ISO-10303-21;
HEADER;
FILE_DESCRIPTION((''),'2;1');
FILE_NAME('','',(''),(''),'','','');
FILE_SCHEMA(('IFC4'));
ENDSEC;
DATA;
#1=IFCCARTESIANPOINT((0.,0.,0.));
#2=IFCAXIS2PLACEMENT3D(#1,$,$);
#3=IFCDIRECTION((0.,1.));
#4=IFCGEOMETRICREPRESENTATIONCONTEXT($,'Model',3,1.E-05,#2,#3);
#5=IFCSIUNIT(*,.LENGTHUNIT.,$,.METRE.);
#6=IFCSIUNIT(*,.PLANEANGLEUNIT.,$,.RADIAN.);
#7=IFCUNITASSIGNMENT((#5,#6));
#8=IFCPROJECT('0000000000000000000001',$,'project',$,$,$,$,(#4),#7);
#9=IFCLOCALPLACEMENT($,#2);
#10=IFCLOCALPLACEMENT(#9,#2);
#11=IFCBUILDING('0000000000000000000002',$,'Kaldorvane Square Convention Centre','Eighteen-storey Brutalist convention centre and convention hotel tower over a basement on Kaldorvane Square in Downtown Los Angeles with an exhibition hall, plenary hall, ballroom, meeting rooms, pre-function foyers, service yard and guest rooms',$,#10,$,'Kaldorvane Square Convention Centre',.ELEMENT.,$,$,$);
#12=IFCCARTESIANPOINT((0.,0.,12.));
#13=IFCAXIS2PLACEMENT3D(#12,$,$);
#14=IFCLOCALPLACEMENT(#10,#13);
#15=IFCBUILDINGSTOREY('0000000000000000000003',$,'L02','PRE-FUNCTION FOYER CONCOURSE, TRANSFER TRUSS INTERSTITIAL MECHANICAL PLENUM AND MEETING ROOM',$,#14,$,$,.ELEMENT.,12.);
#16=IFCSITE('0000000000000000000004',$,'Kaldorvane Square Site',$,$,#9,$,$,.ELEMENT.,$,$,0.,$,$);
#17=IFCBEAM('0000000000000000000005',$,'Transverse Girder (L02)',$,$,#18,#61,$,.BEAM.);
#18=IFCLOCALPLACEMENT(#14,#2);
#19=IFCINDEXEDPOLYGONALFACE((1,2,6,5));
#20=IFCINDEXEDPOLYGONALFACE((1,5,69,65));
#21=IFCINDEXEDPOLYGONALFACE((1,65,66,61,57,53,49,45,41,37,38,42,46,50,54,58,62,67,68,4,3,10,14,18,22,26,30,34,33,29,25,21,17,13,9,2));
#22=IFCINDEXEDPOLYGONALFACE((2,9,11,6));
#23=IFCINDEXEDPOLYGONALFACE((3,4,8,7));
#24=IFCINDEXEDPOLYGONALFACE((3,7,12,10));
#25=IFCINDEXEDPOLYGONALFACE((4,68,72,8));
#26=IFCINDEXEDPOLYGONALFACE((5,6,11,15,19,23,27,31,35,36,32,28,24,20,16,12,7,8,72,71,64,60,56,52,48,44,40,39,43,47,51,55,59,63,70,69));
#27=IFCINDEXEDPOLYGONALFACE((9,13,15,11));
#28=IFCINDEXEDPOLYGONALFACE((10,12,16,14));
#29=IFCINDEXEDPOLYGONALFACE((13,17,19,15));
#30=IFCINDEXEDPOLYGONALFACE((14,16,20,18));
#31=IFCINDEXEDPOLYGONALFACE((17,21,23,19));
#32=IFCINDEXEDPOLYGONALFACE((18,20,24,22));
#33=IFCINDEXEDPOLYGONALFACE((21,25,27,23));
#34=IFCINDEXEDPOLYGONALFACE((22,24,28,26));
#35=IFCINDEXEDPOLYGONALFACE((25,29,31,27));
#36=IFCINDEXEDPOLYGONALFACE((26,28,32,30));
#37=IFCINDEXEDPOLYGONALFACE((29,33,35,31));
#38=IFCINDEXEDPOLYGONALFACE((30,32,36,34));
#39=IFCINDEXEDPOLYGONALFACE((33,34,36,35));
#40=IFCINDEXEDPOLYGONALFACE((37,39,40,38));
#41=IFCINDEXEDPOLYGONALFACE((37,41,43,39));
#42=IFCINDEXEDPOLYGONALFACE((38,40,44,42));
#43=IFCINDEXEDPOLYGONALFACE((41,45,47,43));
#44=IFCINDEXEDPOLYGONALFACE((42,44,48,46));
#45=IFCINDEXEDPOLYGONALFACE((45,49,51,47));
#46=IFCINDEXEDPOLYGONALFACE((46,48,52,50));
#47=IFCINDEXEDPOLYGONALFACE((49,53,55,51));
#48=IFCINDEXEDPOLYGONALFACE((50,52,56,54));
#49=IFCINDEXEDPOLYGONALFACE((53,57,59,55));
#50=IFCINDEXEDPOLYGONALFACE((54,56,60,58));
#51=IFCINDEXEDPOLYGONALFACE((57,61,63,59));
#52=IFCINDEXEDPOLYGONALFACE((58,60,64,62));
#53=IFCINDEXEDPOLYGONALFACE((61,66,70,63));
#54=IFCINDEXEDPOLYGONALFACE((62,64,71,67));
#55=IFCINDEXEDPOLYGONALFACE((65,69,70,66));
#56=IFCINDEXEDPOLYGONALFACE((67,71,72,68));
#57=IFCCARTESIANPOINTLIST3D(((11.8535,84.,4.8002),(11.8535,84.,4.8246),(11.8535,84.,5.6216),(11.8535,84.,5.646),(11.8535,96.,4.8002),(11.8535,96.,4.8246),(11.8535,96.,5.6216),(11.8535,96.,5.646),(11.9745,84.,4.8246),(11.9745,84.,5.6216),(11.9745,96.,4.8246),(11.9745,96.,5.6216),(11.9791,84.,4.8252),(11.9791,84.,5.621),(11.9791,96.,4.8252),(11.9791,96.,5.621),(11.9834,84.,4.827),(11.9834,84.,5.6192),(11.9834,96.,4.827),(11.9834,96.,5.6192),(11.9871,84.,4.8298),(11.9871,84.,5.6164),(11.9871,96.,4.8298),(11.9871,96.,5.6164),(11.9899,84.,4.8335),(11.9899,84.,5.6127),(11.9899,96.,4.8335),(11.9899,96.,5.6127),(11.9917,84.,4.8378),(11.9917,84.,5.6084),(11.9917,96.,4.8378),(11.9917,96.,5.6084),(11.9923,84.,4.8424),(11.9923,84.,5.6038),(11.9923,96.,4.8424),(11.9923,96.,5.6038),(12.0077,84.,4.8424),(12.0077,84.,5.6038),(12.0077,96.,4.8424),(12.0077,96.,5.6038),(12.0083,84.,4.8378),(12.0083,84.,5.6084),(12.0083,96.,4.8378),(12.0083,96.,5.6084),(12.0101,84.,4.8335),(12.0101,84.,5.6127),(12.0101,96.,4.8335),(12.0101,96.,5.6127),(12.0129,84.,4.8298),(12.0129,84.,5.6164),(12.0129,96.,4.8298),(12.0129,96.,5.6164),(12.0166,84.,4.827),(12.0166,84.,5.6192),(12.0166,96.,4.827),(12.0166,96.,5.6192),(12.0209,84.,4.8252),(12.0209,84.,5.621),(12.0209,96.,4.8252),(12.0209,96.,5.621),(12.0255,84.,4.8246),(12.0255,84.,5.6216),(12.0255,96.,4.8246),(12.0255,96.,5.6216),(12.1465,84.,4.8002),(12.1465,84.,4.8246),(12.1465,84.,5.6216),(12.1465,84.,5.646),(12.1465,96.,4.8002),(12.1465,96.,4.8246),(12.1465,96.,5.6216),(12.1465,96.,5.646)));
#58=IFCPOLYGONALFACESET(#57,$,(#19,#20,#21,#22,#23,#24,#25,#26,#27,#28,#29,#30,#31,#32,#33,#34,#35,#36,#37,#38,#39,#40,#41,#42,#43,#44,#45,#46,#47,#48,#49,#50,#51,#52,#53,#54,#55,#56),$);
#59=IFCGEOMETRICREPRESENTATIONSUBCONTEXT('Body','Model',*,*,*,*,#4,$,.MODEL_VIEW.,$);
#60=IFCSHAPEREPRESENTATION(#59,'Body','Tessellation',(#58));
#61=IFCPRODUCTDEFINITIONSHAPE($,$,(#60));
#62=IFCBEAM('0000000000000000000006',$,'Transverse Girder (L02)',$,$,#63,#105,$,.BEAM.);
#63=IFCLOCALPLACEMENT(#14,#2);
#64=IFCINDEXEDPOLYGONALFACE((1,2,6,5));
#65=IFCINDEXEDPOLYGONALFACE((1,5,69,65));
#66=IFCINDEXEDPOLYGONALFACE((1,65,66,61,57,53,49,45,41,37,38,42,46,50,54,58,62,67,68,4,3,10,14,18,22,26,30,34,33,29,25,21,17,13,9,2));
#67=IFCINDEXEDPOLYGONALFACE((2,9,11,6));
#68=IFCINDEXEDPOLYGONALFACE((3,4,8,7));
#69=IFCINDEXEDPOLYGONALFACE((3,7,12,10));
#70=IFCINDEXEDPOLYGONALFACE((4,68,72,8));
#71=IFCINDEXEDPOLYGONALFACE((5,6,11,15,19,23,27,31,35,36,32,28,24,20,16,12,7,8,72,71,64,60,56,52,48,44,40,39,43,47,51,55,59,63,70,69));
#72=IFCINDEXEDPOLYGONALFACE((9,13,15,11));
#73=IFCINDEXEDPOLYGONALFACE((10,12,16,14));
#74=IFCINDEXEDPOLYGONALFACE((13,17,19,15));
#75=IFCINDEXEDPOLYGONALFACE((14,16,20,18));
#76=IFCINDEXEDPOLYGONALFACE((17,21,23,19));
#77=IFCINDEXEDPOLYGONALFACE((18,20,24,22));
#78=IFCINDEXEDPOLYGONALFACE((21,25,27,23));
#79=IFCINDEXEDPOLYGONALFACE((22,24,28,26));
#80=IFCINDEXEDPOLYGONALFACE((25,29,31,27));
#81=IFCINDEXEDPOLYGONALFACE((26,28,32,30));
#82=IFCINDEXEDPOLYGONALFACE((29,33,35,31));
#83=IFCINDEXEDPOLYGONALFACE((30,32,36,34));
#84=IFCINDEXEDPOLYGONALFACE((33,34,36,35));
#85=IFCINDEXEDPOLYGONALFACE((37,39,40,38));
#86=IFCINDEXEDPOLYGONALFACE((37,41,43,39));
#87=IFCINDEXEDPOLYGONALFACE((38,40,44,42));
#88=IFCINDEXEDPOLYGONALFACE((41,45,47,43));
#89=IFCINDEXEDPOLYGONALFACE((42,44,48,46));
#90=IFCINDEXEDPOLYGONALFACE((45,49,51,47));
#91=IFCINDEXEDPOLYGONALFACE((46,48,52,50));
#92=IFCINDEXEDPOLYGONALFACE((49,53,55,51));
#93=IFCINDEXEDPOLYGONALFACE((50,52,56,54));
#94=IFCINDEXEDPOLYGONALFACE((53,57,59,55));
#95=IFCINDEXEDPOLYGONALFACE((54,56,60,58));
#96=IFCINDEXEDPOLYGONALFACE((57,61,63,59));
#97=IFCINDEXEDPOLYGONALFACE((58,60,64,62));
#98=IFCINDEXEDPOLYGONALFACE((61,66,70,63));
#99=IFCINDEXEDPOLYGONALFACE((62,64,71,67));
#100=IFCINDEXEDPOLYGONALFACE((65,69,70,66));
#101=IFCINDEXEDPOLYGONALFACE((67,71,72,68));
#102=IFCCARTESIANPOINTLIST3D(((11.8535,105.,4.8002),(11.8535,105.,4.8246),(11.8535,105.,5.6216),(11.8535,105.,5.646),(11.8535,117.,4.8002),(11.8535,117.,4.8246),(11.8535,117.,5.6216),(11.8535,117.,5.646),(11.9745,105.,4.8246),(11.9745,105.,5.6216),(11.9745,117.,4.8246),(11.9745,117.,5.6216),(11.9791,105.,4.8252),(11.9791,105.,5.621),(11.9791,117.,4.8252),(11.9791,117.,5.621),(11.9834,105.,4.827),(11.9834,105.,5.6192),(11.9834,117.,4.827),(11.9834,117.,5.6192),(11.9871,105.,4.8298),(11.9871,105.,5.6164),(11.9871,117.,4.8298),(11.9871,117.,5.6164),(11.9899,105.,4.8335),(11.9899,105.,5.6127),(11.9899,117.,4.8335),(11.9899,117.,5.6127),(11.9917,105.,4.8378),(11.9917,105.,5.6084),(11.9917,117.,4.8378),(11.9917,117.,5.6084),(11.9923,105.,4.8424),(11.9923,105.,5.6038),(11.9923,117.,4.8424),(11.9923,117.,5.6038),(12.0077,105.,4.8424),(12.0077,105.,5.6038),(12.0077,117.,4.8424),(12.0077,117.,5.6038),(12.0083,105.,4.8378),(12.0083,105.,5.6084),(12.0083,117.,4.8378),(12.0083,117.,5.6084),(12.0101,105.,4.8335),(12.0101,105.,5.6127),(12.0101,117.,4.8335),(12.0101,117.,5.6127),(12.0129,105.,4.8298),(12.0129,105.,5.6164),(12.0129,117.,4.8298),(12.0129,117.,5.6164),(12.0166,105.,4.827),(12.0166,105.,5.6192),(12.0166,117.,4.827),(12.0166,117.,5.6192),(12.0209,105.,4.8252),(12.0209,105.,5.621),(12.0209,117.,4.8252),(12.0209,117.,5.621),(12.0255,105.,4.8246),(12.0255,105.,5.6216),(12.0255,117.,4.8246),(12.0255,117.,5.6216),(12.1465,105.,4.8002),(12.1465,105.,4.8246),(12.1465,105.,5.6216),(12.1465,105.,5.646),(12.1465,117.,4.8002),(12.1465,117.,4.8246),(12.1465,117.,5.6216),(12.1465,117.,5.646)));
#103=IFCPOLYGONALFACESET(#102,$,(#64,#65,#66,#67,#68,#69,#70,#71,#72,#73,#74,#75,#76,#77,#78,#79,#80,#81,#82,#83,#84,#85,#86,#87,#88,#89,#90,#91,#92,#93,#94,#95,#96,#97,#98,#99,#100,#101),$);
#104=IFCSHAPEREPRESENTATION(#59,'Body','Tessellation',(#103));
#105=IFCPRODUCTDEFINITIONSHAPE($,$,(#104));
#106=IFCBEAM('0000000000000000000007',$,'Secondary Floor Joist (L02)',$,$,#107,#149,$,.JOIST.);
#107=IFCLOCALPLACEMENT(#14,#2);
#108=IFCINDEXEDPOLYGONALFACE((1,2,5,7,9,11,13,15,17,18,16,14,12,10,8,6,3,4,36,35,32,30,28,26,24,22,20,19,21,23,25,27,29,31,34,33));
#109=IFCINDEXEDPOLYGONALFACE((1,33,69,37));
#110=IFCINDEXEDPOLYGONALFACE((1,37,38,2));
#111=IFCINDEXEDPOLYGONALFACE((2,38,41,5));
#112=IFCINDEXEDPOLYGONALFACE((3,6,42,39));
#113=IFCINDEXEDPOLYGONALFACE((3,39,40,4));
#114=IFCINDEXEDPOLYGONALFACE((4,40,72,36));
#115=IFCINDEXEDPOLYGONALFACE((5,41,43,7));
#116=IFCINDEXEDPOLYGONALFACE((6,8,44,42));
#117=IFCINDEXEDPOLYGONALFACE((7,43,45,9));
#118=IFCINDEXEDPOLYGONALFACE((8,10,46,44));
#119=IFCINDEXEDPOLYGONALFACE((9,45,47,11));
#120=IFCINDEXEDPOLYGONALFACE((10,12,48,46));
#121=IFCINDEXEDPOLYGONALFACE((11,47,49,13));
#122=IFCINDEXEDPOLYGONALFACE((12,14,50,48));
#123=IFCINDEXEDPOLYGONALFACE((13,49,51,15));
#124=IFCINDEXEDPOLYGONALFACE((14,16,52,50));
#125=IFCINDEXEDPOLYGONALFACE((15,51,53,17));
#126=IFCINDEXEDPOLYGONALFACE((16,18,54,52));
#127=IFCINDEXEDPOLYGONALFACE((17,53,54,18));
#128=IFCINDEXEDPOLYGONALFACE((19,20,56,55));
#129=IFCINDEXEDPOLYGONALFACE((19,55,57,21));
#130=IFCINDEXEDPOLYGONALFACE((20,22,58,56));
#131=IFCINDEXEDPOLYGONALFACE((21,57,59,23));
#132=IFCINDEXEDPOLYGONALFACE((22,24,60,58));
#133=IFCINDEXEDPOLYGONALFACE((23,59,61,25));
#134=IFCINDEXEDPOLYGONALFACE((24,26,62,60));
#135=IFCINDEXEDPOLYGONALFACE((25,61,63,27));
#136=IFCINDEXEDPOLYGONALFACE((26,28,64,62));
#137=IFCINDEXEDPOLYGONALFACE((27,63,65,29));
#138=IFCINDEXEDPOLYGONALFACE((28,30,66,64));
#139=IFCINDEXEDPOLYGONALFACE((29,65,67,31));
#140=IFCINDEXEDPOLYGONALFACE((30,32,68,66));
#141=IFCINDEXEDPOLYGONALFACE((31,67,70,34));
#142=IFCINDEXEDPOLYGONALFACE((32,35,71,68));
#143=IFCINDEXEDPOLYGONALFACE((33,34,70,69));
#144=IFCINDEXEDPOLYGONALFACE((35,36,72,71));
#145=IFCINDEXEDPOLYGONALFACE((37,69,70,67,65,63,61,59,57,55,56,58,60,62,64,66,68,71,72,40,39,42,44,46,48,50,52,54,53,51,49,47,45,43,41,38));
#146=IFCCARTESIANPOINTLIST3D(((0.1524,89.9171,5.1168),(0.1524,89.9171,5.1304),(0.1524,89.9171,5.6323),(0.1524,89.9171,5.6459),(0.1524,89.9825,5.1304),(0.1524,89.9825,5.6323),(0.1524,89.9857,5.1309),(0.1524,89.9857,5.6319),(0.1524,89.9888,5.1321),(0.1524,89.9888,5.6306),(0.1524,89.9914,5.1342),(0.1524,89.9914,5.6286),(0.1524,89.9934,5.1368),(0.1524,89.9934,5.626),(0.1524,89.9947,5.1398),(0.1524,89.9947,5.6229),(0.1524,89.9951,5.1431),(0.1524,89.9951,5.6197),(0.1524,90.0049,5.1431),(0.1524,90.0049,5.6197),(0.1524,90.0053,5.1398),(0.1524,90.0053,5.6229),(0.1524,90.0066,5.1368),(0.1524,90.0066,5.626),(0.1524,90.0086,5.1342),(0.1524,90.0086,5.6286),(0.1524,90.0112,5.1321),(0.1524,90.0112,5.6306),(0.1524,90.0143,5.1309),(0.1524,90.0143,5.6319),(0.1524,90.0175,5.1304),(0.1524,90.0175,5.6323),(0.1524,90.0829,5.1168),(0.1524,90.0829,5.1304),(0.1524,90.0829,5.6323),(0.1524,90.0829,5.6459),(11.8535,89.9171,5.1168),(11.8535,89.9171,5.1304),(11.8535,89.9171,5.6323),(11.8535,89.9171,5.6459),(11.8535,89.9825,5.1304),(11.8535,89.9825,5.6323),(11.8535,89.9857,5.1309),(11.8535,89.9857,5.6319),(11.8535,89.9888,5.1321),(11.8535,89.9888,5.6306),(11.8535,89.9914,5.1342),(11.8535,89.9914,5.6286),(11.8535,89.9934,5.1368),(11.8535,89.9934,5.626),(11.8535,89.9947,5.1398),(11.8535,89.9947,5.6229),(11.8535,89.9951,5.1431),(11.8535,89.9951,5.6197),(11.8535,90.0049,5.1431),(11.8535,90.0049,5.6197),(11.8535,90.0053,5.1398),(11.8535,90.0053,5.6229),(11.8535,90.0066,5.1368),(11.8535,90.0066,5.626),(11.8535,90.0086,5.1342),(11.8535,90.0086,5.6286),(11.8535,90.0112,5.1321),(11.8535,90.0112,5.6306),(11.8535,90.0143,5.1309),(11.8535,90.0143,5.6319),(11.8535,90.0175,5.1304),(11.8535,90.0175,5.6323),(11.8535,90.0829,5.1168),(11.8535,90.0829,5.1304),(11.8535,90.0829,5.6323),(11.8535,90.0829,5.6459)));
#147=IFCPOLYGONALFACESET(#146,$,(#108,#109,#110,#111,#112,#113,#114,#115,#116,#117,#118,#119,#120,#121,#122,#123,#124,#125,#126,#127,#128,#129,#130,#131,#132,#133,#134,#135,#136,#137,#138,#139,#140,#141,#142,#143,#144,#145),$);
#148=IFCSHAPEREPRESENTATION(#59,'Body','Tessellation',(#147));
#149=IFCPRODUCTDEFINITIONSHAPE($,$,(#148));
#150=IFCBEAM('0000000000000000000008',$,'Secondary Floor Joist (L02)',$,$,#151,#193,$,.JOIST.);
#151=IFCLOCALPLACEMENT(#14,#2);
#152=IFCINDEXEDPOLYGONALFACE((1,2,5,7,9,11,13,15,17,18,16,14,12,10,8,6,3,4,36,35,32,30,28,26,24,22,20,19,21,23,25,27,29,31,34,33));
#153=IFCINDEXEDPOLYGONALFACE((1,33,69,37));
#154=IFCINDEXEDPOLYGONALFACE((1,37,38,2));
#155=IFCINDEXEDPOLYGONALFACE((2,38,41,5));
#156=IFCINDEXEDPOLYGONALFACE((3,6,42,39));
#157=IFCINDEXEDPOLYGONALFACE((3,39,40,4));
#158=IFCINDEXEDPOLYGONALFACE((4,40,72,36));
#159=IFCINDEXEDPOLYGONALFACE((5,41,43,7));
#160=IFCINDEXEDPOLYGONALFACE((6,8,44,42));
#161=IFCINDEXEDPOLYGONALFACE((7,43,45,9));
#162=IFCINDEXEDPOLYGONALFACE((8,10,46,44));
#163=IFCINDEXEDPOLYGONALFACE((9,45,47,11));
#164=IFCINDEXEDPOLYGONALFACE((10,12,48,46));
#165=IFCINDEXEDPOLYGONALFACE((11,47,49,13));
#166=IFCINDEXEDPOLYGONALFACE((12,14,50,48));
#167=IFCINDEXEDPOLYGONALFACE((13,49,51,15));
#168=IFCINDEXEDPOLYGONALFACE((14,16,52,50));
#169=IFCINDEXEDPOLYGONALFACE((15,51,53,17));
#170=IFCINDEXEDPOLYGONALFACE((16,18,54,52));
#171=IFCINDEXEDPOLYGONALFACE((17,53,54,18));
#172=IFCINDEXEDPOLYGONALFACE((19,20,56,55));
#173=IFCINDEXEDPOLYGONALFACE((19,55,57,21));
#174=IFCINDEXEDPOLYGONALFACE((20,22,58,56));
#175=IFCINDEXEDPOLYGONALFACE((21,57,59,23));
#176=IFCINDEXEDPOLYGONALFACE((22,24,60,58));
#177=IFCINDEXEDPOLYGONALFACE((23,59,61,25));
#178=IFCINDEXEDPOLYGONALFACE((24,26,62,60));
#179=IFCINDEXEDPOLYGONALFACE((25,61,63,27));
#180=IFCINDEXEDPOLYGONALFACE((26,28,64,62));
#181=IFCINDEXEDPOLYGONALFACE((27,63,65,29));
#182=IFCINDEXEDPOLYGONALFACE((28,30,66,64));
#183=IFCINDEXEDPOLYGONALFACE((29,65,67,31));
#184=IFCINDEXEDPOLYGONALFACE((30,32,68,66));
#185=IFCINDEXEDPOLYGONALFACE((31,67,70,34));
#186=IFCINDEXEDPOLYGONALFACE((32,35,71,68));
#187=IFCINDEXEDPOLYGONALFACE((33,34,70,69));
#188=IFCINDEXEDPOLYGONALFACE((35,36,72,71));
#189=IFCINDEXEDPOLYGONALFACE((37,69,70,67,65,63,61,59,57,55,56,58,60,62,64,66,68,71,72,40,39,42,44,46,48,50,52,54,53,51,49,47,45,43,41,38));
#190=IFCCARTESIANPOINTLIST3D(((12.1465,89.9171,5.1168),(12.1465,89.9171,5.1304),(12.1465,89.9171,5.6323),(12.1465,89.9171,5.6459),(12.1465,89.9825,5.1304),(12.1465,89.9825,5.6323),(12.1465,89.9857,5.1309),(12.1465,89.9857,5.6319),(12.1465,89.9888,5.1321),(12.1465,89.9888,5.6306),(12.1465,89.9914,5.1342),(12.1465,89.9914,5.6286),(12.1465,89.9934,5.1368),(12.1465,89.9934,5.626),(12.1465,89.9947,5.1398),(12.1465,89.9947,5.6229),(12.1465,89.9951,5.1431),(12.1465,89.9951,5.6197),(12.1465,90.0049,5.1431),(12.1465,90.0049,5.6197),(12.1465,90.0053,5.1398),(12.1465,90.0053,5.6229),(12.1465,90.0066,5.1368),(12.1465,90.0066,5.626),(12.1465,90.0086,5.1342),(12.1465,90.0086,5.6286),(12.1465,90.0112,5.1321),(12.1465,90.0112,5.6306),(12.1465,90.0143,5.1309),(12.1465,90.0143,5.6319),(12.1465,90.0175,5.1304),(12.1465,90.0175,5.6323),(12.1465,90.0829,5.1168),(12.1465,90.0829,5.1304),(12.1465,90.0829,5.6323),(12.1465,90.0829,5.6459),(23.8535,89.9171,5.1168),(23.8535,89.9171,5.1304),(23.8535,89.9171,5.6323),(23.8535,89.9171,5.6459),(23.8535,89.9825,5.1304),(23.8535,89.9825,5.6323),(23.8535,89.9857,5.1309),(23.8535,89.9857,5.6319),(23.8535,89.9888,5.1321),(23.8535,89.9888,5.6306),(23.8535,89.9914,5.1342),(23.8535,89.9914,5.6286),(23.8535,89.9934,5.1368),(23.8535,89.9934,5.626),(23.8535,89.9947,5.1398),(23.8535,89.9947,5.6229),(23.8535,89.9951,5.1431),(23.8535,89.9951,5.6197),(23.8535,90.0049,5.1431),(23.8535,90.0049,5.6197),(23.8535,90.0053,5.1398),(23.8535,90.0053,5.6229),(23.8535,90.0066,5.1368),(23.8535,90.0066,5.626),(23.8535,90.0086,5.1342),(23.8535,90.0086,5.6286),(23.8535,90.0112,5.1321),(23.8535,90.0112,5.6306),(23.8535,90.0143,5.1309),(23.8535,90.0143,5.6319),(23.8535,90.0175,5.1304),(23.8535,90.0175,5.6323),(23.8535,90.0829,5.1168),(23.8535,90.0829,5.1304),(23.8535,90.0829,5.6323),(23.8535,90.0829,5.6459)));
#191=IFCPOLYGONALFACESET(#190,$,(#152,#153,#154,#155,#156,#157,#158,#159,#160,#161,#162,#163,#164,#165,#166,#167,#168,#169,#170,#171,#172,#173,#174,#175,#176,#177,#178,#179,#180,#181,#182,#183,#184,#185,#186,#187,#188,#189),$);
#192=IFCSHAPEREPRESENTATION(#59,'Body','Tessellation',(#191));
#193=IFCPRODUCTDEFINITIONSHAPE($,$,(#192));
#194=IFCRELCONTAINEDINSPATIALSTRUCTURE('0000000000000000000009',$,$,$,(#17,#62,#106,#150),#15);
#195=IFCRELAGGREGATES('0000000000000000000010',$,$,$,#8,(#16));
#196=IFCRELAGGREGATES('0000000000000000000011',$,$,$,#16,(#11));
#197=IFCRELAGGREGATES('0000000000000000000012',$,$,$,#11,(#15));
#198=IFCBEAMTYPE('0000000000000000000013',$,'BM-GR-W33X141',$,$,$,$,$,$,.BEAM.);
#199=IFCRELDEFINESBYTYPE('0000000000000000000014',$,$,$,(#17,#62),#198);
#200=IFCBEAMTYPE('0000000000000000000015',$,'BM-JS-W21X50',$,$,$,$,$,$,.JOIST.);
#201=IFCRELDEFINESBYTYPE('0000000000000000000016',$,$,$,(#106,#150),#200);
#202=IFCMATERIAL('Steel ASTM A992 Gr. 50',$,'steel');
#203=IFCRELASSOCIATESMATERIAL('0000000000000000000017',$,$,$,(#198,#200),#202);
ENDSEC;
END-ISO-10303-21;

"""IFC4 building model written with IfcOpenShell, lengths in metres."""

from ifc_helpers import new_model, si_unit, direction, frame, origin, origin_2d, place, context, subcontext, project, spatial, i_section, extrude, material, material_profile, profile_set, type_object, element, save


model = new_model("IFC4")

# Units and contexts
model_context = context("Model", 3, precision=1e-05, world=origin(), true_north=direction((0.0, 1.0)))
body_context = subcontext(model_context, "Body", "Model", "MODEL_VIEW")
ifc_project = project(units=[si_unit("LENGTHUNIT", "METRE"), si_unit("PLANEANGLEUNIT", "RADIAN")], contexts=[model_context])

# Site, building, storey
site_placement = place(None, origin())
site = spatial("IfcSite", under=ifc_project, at=site_placement, Name="Kaldorvane Square Site", CompositionType="ELEMENT", RefElevation=0.0)
building_placement = place(site_placement, origin())
building = spatial("IfcBuilding", under=site, at=building_placement, Name="Kaldorvane Square Convention Centre", Description="Eighteen-storey Brutalist convention centre and convention hotel tower over a basement on Kaldorvane Square in Downtown Los Angeles with an exhibition hall, plenary hall, ballroom, meeting rooms, pre-function foyers, service yard and guest rooms", LongName="Kaldorvane Square Convention Centre", CompositionType="ELEMENT")
storey_placement = place(building_placement, frame((0.0, 0.0, 12.0)))
storey = spatial("IfcBuildingStorey", under=building, at=storey_placement, Name="L02", Description="PRE-FUNCTION FOYER CONCOURSE, TRANSFER TRUSS INTERSTITIAL MECHANICAL PLENUM AND MEETING ROOM", CompositionType="ELEMENT", Elevation=12.0)

# Shared definitions
ifc_material_1 = material(Name="Steel ASTM A992 Gr. 50", Category="steel")

# Beams
ifc_material_profile_1 = material_profile(ifc_material_1, i_section(OverallWidth=0.293, OverallDepth=0.8458, WebThickness=0.0154, FlangeThickness=0.0244, FilletRadius=0.0178, at=origin_2d()), Name="W33X141")
ifc_profile_set_1 = profile_set([ifc_material_profile_1], Name="Steel ASTM A992 Gr. 50")
beam_type_1 = type_object("IfcBeamType", Name="BM-GR-W33X141", PredefinedType="BEAM", material=ifc_profile_set_1)
for number, where, z_axis, x_axis, name in (
    (1, (12.0, 84.0, 5.2231), (0.0, 1.0, 0.0), (-1.0, 0.0, 0.0), "Transverse Girder (L02)"),
    (2, (12.0, 105.0, 5.2231), (0.0, 1.0, 0.0), (-1.0, 0.0, 0.0), "Transverse Girder (L02)"),
):
    element("IfcBeam", number, at=place(storey_placement, frame(where, z_axis=z_axis, x_axis=x_axis)), inside=storey, type_object=beam_type_1, Name=name, PredefinedType="BEAM", context=body_context, shape_type="SweptSolid", body=[
        extrude(i_section(OverallWidth=0.293, OverallDepth=0.8458, WebThickness=0.0154, FlangeThickness=0.0244, FilletRadius=0.0178, at=origin_2d()), origin(), (0.0, 0.0, 1.0), 12.0),
    ])
ifc_material_profile_2 = material_profile(ifc_material_1, i_section(OverallWidth=0.1659, OverallDepth=0.5291, WebThickness=0.0097, FlangeThickness=0.0136, FilletRadius=0.0127, at=origin_2d()), Name="W21X50")
ifc_profile_set_2 = profile_set([ifc_material_profile_2], Name="Steel ASTM A992 Gr. 50")
beam_type_2 = type_object("IfcBeamType", Name="BM-JS-W21X50", PredefinedType="JOIST", material=ifc_profile_set_2)
beam_1_placement = place(storey_placement, frame((0.1524, 90.0, 5.3814), z_axis=(1.0, 0.0, 0.0), x_axis=(0.0, 1.0, 0.0)))
element("IfcBeam", 3, at=beam_1_placement, inside=storey, type_object=beam_type_2, Name="Secondary Floor Joist (L02)", PredefinedType="JOIST", context=body_context, shape_type="SweptSolid", body=[
    extrude(i_section(OverallWidth=0.1659, OverallDepth=0.5291, WebThickness=0.0097, FlangeThickness=0.0136, FilletRadius=0.0127, at=origin_2d()), origin(), (0.0, 0.0, 1.0), 11.7011),
])
beam_2_placement = place(storey_placement, frame((12.1465, 90.0, 5.3814), z_axis=(1.0, 0.0, 0.0), x_axis=(0.0, 1.0, 0.0)))
element("IfcBeam", 4, at=beam_2_placement, inside=storey, type_object=beam_type_2, Name="Secondary Floor Joist (L02)", PredefinedType="JOIST", context=body_context, shape_type="SweptSolid", body=[
    extrude(i_section(OverallWidth=0.1659, OverallDepth=0.5291, WebThickness=0.0097, FlangeThickness=0.0136, FilletRadius=0.0127, at=origin_2d()), origin(), (0.0, 0.0, 1.0), 11.707),
])

save(model, "model.ifc")
